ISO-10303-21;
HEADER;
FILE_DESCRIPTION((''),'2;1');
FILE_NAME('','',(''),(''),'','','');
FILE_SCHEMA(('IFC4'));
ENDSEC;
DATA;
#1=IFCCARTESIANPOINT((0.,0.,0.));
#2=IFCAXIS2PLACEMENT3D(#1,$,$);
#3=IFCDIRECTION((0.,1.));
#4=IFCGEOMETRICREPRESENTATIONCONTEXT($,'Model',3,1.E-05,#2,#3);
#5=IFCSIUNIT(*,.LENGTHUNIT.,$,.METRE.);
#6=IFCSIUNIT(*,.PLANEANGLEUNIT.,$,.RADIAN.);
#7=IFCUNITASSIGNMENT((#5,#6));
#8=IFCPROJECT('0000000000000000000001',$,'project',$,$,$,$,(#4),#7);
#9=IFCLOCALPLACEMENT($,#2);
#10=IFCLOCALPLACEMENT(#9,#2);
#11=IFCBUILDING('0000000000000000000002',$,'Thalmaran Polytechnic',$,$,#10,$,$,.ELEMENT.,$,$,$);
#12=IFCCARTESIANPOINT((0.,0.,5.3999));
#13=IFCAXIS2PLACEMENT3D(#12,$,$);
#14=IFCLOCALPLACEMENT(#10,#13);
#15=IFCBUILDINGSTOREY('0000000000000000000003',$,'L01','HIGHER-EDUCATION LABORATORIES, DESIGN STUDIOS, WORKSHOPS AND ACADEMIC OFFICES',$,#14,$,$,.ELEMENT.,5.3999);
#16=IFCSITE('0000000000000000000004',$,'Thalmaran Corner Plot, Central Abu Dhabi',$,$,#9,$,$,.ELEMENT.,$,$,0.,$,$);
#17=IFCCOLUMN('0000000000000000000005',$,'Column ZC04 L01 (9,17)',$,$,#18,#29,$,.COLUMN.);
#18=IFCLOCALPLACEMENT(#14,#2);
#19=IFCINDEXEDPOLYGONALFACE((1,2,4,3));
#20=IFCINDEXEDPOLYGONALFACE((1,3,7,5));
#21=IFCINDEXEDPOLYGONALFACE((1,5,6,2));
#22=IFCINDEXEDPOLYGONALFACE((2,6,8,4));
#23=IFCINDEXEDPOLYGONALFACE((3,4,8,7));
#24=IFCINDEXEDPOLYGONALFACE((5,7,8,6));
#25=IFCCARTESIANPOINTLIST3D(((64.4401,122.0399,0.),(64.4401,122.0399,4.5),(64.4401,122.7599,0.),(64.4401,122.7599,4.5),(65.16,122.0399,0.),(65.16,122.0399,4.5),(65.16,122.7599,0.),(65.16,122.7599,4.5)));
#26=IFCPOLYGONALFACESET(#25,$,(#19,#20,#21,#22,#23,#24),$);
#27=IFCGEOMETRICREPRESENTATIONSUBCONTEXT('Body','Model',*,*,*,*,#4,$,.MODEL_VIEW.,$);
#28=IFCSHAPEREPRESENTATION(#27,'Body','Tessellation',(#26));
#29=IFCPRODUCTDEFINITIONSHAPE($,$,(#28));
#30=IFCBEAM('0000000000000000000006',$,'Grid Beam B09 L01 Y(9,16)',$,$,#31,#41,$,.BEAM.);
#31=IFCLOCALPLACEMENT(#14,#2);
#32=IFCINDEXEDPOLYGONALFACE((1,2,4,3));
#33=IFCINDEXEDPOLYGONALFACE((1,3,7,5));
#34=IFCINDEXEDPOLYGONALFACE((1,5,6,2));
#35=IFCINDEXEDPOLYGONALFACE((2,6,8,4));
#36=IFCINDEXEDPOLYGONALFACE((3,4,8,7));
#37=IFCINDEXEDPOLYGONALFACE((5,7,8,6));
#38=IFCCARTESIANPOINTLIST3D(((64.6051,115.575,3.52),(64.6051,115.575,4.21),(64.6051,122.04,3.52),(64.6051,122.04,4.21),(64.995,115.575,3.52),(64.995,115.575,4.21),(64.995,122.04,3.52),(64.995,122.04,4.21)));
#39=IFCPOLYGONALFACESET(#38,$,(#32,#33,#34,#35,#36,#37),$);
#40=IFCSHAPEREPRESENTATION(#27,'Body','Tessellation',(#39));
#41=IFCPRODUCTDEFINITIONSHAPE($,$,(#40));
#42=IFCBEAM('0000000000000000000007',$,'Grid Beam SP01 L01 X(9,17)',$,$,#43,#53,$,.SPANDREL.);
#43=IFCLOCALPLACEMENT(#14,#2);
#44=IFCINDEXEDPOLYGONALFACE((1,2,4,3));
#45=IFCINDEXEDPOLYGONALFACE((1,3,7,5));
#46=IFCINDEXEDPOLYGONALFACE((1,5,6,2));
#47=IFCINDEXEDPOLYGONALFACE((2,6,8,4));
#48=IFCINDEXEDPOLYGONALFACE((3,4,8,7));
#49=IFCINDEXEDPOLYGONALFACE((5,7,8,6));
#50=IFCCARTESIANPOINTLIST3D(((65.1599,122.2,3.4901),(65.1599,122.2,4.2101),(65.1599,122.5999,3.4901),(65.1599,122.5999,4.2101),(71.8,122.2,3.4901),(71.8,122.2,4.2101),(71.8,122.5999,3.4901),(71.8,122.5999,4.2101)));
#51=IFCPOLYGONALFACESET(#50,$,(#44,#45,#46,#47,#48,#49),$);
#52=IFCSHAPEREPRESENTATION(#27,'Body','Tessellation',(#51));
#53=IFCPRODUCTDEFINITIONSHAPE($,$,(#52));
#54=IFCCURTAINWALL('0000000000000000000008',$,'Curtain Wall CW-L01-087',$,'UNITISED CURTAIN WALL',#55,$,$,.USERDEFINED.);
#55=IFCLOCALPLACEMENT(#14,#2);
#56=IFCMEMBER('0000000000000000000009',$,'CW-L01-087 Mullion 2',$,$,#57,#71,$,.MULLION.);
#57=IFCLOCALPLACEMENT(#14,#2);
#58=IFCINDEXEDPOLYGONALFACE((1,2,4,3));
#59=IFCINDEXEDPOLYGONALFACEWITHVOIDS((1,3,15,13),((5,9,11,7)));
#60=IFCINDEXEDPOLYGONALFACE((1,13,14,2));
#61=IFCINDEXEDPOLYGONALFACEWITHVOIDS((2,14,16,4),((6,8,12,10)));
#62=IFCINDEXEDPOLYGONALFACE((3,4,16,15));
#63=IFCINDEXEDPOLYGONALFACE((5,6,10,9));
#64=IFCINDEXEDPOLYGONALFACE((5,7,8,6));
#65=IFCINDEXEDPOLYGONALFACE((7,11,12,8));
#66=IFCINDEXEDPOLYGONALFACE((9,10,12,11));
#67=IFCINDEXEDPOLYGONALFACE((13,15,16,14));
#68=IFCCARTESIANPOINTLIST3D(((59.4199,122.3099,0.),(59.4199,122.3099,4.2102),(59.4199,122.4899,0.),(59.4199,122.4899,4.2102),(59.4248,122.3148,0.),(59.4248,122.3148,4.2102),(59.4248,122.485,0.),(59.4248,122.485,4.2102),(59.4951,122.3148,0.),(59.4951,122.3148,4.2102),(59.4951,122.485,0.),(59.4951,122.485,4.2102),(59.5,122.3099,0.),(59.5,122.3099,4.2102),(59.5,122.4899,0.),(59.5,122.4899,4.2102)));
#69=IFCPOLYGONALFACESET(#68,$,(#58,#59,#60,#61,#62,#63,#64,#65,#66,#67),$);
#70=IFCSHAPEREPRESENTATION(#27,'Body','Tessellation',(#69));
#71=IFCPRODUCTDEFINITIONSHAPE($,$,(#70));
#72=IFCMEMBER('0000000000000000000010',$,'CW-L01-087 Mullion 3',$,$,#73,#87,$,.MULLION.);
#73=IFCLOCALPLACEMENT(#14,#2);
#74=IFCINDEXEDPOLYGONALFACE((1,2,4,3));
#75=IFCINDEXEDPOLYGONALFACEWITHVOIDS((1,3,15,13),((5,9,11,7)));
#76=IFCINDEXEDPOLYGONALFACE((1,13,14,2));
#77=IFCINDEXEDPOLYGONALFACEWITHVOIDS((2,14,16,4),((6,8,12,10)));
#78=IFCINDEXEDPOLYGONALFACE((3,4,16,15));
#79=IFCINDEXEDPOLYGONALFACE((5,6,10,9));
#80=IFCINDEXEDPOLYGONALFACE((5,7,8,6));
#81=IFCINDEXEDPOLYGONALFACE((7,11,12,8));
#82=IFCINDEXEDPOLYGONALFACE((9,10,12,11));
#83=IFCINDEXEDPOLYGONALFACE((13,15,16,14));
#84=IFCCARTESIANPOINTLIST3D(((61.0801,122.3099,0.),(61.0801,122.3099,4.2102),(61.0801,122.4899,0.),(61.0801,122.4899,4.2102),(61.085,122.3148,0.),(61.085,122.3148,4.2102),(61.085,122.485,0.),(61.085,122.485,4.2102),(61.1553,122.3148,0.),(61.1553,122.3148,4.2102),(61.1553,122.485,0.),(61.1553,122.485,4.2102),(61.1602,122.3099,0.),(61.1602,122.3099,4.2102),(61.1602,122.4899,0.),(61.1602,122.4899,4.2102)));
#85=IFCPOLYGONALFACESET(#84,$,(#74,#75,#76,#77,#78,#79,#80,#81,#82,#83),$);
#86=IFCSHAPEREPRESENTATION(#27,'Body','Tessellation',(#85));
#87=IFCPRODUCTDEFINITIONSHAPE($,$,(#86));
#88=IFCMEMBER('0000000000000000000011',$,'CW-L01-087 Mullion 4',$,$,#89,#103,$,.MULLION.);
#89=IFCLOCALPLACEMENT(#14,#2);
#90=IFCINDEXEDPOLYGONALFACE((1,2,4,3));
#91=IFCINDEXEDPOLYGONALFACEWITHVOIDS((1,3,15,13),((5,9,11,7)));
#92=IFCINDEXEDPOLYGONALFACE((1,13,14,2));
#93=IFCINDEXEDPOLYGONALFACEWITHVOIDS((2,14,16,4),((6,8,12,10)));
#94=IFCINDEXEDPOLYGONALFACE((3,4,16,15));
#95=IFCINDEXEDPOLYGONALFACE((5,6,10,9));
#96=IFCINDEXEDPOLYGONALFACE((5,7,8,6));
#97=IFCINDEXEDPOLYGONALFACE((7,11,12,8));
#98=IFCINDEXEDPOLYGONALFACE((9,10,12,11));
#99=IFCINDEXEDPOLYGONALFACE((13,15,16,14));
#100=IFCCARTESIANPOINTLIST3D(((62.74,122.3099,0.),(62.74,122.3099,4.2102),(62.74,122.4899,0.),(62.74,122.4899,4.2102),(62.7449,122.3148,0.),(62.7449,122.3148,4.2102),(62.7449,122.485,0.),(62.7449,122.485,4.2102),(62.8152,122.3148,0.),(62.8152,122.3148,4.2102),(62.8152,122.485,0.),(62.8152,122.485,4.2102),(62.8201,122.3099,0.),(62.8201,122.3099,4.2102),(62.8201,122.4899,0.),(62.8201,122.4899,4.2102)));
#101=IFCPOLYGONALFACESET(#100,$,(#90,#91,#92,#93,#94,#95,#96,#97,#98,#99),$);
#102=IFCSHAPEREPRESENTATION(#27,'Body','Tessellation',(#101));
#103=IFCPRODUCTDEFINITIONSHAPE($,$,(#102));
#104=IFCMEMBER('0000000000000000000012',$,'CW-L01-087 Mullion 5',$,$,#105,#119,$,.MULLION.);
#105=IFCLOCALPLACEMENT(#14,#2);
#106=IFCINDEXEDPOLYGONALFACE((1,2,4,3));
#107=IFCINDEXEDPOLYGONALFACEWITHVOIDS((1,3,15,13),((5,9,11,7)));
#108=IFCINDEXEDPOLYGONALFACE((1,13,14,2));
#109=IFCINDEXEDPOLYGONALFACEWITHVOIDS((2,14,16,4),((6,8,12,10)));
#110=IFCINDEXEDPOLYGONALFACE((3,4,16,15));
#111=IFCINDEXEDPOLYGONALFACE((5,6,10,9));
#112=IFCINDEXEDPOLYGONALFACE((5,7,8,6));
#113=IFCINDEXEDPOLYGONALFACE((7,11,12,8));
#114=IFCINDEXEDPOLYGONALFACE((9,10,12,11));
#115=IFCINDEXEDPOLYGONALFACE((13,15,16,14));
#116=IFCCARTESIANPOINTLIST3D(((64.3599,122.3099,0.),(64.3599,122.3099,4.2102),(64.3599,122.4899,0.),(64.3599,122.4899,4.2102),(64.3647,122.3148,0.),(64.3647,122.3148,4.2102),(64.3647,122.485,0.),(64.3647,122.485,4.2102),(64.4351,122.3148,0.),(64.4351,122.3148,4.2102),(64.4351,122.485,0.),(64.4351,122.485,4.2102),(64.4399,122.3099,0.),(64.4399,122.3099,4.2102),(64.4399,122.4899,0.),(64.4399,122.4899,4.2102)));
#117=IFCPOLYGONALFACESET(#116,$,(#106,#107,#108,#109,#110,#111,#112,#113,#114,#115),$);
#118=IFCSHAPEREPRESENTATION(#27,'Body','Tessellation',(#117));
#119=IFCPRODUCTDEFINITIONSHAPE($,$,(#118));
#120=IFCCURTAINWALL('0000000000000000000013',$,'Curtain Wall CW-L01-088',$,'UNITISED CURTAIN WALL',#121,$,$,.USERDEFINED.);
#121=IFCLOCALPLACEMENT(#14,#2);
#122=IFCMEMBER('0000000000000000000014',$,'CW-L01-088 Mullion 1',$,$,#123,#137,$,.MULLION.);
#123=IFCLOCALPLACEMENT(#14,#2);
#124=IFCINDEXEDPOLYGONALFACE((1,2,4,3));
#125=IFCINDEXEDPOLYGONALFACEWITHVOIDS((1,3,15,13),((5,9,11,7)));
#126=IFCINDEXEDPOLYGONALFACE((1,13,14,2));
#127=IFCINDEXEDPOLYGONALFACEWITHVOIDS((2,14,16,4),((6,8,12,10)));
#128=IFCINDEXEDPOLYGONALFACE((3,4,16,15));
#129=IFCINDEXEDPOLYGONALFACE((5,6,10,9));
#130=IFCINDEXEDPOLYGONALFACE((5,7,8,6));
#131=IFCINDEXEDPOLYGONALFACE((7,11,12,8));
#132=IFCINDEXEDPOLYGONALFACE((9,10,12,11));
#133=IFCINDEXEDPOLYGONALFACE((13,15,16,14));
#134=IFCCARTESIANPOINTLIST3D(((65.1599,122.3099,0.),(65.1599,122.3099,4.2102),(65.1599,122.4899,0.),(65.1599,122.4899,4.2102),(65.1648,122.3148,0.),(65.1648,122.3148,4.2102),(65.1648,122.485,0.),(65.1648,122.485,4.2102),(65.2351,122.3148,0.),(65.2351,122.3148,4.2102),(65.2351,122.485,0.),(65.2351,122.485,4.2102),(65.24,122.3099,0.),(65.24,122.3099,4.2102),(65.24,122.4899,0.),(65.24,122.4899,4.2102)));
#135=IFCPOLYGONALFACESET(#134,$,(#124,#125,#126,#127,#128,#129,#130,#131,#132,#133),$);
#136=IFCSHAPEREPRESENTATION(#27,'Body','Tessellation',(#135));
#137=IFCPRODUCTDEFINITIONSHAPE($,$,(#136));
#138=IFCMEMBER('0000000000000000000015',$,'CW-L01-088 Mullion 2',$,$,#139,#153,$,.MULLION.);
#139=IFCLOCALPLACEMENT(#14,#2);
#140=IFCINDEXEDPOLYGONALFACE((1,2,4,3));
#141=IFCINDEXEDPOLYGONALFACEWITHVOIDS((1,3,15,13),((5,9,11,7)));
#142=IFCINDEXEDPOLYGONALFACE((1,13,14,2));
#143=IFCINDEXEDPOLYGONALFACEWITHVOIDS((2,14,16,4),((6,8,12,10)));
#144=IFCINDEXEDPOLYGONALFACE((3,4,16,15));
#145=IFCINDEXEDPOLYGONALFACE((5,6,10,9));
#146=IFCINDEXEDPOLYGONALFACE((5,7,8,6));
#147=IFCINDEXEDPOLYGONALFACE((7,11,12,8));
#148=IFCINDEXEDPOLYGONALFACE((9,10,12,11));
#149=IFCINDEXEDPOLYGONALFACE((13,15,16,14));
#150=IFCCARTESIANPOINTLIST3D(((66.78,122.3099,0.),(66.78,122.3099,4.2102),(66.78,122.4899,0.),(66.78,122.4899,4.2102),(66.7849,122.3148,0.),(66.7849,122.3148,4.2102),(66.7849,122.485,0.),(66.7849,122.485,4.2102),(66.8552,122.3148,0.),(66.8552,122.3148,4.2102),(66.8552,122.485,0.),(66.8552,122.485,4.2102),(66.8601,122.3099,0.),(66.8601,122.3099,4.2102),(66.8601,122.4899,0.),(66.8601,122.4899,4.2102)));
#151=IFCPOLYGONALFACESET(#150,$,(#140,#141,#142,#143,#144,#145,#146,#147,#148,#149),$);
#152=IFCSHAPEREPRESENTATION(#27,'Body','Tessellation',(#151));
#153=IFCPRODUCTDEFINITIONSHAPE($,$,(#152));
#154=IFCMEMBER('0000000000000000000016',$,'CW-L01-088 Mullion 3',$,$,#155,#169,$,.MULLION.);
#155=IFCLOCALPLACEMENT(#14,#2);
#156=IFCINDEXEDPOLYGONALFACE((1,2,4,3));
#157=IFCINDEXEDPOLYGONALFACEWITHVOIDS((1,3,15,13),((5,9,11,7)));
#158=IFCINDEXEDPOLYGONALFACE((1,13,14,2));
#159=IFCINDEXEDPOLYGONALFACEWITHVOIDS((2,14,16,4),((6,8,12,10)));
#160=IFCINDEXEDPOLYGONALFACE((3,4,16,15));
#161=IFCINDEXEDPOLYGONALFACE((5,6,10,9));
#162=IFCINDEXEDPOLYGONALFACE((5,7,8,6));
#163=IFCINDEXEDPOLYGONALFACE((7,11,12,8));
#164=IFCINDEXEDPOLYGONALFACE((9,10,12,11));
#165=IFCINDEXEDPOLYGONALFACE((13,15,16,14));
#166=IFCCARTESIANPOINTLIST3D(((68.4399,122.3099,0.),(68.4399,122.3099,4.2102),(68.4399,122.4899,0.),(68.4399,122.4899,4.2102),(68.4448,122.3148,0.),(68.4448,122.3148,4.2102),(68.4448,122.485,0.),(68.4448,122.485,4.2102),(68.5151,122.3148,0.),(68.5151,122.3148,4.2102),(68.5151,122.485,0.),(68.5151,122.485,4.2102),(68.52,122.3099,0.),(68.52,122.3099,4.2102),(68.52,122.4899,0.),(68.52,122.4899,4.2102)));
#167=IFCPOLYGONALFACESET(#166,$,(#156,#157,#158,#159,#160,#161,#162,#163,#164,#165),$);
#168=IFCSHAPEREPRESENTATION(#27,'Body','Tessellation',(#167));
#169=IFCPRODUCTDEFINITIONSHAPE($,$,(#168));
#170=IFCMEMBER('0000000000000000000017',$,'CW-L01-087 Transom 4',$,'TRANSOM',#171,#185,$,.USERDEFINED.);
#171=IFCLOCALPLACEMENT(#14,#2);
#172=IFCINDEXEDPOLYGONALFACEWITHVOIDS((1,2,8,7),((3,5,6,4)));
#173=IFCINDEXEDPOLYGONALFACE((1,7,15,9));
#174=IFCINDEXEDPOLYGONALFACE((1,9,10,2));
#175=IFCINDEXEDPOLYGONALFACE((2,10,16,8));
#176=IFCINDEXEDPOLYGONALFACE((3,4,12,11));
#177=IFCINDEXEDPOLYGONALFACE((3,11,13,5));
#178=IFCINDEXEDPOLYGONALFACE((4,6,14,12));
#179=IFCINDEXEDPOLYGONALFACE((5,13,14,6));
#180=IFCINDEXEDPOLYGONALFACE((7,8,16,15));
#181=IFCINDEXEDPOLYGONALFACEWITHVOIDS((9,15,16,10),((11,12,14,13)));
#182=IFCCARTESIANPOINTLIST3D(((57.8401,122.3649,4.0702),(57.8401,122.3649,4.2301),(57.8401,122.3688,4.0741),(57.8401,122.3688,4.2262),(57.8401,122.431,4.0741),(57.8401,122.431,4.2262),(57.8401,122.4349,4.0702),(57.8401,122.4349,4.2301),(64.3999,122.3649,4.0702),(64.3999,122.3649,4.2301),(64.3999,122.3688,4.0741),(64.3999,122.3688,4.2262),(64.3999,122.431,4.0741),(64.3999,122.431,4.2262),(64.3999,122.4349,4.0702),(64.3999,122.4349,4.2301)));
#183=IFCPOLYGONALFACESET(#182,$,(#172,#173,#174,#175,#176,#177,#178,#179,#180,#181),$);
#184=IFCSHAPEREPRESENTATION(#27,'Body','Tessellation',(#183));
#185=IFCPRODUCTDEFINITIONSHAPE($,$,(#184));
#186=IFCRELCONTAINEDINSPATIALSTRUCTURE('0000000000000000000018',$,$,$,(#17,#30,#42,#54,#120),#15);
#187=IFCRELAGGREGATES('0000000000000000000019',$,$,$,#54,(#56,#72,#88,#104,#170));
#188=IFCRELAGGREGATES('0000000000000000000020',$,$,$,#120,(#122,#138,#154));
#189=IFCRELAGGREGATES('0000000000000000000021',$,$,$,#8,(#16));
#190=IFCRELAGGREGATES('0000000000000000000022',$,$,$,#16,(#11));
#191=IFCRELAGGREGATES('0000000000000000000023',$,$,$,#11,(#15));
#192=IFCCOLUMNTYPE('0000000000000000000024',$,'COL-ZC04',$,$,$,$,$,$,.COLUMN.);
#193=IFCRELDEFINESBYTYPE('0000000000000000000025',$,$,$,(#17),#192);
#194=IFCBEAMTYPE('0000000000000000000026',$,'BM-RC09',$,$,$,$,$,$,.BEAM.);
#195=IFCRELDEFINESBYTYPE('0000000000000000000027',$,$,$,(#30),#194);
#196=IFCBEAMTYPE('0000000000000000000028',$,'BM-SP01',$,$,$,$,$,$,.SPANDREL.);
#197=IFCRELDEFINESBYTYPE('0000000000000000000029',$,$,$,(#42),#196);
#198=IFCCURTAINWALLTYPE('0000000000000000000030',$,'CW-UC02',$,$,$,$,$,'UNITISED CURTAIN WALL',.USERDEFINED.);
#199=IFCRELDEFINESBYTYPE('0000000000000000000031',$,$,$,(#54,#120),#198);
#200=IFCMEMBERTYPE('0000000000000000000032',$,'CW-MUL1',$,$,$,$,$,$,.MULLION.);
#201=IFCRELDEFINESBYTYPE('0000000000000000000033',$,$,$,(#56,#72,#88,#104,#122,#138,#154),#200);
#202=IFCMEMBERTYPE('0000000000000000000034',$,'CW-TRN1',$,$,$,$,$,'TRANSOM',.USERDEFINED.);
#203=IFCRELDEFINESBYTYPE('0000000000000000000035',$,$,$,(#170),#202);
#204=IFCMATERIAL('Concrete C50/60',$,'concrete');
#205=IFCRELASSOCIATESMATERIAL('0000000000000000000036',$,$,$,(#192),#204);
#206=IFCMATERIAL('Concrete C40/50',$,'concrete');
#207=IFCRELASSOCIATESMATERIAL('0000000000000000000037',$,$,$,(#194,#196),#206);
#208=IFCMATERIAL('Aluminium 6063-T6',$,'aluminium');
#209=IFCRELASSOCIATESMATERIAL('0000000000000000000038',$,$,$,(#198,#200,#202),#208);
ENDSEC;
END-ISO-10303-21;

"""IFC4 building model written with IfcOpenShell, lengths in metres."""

from ifc_helpers import new_model, si_unit, direction, frame, origin, origin_2d, place, context, subcontext, project, spatial, rectangle, hollow_rectangle, extrude, material, material_profile, profile_set, type_object, element, aggregate, save


model = new_model("IFC4")

# Units and contexts
model_context = context("Model", 3, precision=1e-05, world=origin(), true_north=direction((0.0, 1.0)))
body_context = subcontext(model_context, "Body", "Model", "MODEL_VIEW")
ifc_project = project(units=[si_unit("LENGTHUNIT", "METRE"), si_unit("PLANEANGLEUNIT", "RADIAN")], contexts=[model_context])

# Site, building, storey
site_placement = place(None, origin())
site = spatial("IfcSite", under=ifc_project, at=site_placement, Name="Thalmaran Corner Plot, Central Abu Dhabi", CompositionType="ELEMENT", RefElevation=0.0)
building_placement = place(site_placement, origin())
building = spatial("IfcBuilding", under=site, at=building_placement, Name="Thalmaran Polytechnic", CompositionType="ELEMENT")
storey_placement = place(building_placement, frame((0.0, 0.0, 5.3999)))
storey = spatial("IfcBuildingStorey", under=building, at=storey_placement, Name="L01", Description="HIGHER-EDUCATION LABORATORIES, DESIGN STUDIOS, WORKSHOPS AND ACADEMIC OFFICES", CompositionType="ELEMENT", Elevation=5.3999)

# Column
ifc_material_1 = material(Name="Concrete C50/60", Category="concrete")
ifc_material_profile_1 = material_profile(ifc_material_1, rectangle(XDim=0.72, YDim=0.72, at=origin_2d()), Name="RC 720x720")
ifc_profile_set_1 = profile_set([ifc_material_profile_1], Name="Concrete C50/60")
column_type = type_object("IfcColumnType", Name="COL-ZC04", PredefinedType="COLUMN", material=ifc_profile_set_1)
column_placement = place(storey_placement, frame((64.8, 122.3999, 0.0), z_axis=(0.0, 0.0, 1.0), x_axis=(1.0, 0.0, 0.0)))
element("IfcColumn", 1, at=column_placement, inside=storey, type_object=column_type, Name="Column ZC04 L01 (9,17)", PredefinedType="COLUMN", context=body_context, shape_type="SweptSolid", body=[
    extrude(rectangle(XDim=0.72, YDim=0.72, at=origin_2d()), origin(), (0.0, 0.0, 1.0), 4.5),
])

# Beams
ifc_material_2 = material(Name="Concrete C40/50", Category="concrete")
ifc_material_profile_2 = material_profile(ifc_material_2, rectangle(XDim=0.3899, YDim=0.6899, at=origin_2d()), Name="RC 390x690")
ifc_profile_set_2 = profile_set([ifc_material_profile_2], Name="Concrete C40/50")
beam_type_1 = type_object("IfcBeamType", Name="BM-RC09", PredefinedType="BEAM", material=ifc_profile_set_2)
beam_1_placement = place(storey_placement, frame((64.8, 115.575, 3.865), z_axis=(0.0, 1.0, 0.0), x_axis=(-1.0, 0.0, 0.0)))
element("IfcBeam", 2, at=beam_1_placement, inside=storey, type_object=beam_type_1, Name="Grid Beam B09 L01 Y(9,16)", PredefinedType="BEAM", context=body_context, shape_type="SweptSolid", body=[
    extrude(rectangle(XDim=0.3899, YDim=0.6899, at=origin_2d()), origin(), (0.0, 0.0, 1.0), 6.4651),
])
ifc_material_profile_3 = material_profile(ifc_material_2, rectangle(XDim=0.3999, YDim=0.72, at=origin_2d()), Name="RC 400x720")
ifc_profile_set_3 = profile_set([ifc_material_profile_3], Name="Concrete C40/50")
beam_type_2 = type_object("IfcBeamType", Name="BM-SP01", PredefinedType="SPANDREL", material=ifc_profile_set_3)
beam_2_placement = place(storey_placement, frame((65.1599, 122.3999, 3.8501), z_axis=(1.0, 0.0, 0.0), x_axis=(0.0, 1.0, 0.0)))
element("IfcBeam", 3, at=beam_2_placement, inside=storey, type_object=beam_type_2, Name="Grid Beam SP01 L01 X(9,17)", PredefinedType="SPANDREL", context=body_context, shape_type="SweptSolid", body=[
    extrude(rectangle(XDim=0.3999, YDim=0.72, at=origin_2d()), origin(), (0.0, 0.0, 1.0), 6.6401),
])

# Curtain walls, members
ifc_material_3 = material(Name="Aluminium 6063-T6", Category="aluminium")
curtain_wall_type = type_object("IfcCurtainWallType", Name="CW-UC02", ElementType="UNITISED CURTAIN WALL", PredefinedType="USERDEFINED", material=ifc_material_3)
curtain_wall_1_placement = place(storey_placement, origin())
curtain_wall_1 = element("IfcCurtainWall", 4, at=curtain_wall_1_placement, inside=storey, type_object=curtain_wall_type, Name="Curtain Wall CW-L01-087", ObjectType="UNITISED CURTAIN WALL", PredefinedType="USERDEFINED")
ifc_material_profile_4 = material_profile(ifc_material_3, hollow_rectangle(XDim=0.0801, YDim=0.1799, WallThickness=0.0049, at=origin_2d()), Name="RHS 180x80x5.0")
ifc_profile_set_4 = profile_set([ifc_material_profile_4], Name="Aluminium 6063-T6")
member_type_1 = type_object("IfcMemberType", Name="CW-MUL1", PredefinedType="MULLION", material=ifc_profile_set_4)
member_1_placement = place(storey_placement, frame((59.46, 122.3999, 0.0), z_axis=(0.0, 0.0, 1.0), x_axis=(1.0, 0.0, 0.0)))
member_1 = element("IfcMember", 5, at=member_1_placement, type_object=member_type_1, Name="CW-L01-087 Mullion 2", PredefinedType="MULLION", context=body_context, shape_type="SweptSolid", body=[
    extrude(hollow_rectangle(XDim=0.0801, YDim=0.1799, WallThickness=0.0049, at=origin_2d()), origin(), (0.0, 0.0, 1.0), 4.2102),
])
member_2_placement = place(storey_placement, frame((61.1201, 122.3999, 0.0), z_axis=(0.0, 0.0, 1.0), x_axis=(1.0, 0.0, 0.0)))
member_2 = element("IfcMember", 6, at=member_2_placement, type_object=member_type_1, Name="CW-L01-087 Mullion 3", PredefinedType="MULLION", context=body_context, shape_type="SweptSolid", body=[
    extrude(hollow_rectangle(XDim=0.0801, YDim=0.1799, WallThickness=0.0049, at=origin_2d()), origin(), (0.0, 0.0, 1.0), 4.2102),
])
member_3_placement = place(storey_placement, frame((62.78, 122.3999, 0.0), z_axis=(0.0, 0.0, 1.0), x_axis=(1.0, 0.0, 0.0)))
member_3 = element("IfcMember", 7, at=member_3_placement, type_object=member_type_1, Name="CW-L01-087 Mullion 4", PredefinedType="MULLION", context=body_context, shape_type="SweptSolid", body=[
    extrude(hollow_rectangle(XDim=0.0801, YDim=0.1799, WallThickness=0.0049, at=origin_2d()), origin(), (0.0, 0.0, 1.0), 4.2102),
])
member_4_placement = place(storey_placement, frame((64.3999, 122.3999, 0.0), z_axis=(0.0, 0.0, 1.0), x_axis=(1.0, 0.0, 0.0)))
member_4 = element("IfcMember", 8, at=member_4_placement, type_object=member_type_1, Name="CW-L01-087 Mullion 5", PredefinedType="MULLION", context=body_context, shape_type="SweptSolid", body=[
    extrude(hollow_rectangle(XDim=0.0801, YDim=0.1799, WallThickness=0.0049, at=origin_2d()), origin(), (0.0, 0.0, 1.0), 4.2102),
])
curtain_wall_2_placement = place(storey_placement, origin())
curtain_wall_2 = element("IfcCurtainWall", 9, at=curtain_wall_2_placement, inside=storey, type_object=curtain_wall_type, Name="Curtain Wall CW-L01-088", ObjectType="UNITISED CURTAIN WALL", PredefinedType="USERDEFINED")
member_5_placement = place(storey_placement, frame((65.2, 122.3999, 0.0), z_axis=(0.0, 0.0, 1.0), x_axis=(1.0, 0.0, 0.0)))
member_5 = element("IfcMember", 10, at=member_5_placement, type_object=member_type_1, Name="CW-L01-088 Mullion 1", PredefinedType="MULLION", context=body_context, shape_type="SweptSolid", body=[
    extrude(hollow_rectangle(XDim=0.0801, YDim=0.1799, WallThickness=0.0049, at=origin_2d()), origin(), (0.0, 0.0, 1.0), 4.2102),
])
member_6_placement = place(storey_placement, frame((66.8201, 122.3999, 0.0), z_axis=(0.0, 0.0, 1.0), x_axis=(1.0, 0.0, 0.0)))
member_6 = element("IfcMember", 11, at=member_6_placement, type_object=member_type_1, Name="CW-L01-088 Mullion 2", PredefinedType="MULLION", context=body_context, shape_type="SweptSolid", body=[
    extrude(hollow_rectangle(XDim=0.0801, YDim=0.1799, WallThickness=0.0049, at=origin_2d()), origin(), (0.0, 0.0, 1.0), 4.2102),
])
member_7_placement = place(storey_placement, frame((68.48, 122.3999, 0.0), z_axis=(0.0, 0.0, 1.0), x_axis=(1.0, 0.0, 0.0)))
member_7 = element("IfcMember", 12, at=member_7_placement, type_object=member_type_1, Name="CW-L01-088 Mullion 3", PredefinedType="MULLION", context=body_context, shape_type="SweptSolid", body=[
    extrude(hollow_rectangle(XDim=0.0801, YDim=0.1799, WallThickness=0.0049, at=origin_2d()), origin(), (0.0, 0.0, 1.0), 4.2102),
])

# Member
ifc_material_profile_5 = material_profile(ifc_material_3, hollow_rectangle(XDim=0.0701, YDim=0.1599, WallThickness=0.0039, at=origin_2d()), Name="AL 160x70x4.0")
ifc_profile_set_5 = profile_set([ifc_material_profile_5], Name="Aluminium 6063-T6")
member_type_2 = type_object("IfcMemberType", Name="CW-TRN1", ElementType="TRANSOM", PredefinedType="USERDEFINED", material=ifc_profile_set_5)
member_8_placement = place(storey_placement, frame((57.8401, 122.3999, 4.1501), z_axis=(1.0, 0.0, 0.0), x_axis=(0.0, 1.0, 0.0)))
member_8 = element("IfcMember", 13, at=member_8_placement, type_object=member_type_2, Name="CW-L01-087 Transom 4", ObjectType="TRANSOM", PredefinedType="USERDEFINED", context=body_context, shape_type="SweptSolid", body=[
    extrude(hollow_rectangle(XDim=0.0701, YDim=0.1599, WallThickness=0.0039, at=origin_2d()), origin(), (0.0, 0.0, 1.0), 6.5598),
])

aggregate(curtain_wall_1, [member_1, member_2, member_3, member_4, member_8])
aggregate(curtain_wall_2, [member_5, member_6, member_7])

save(model, "model.ifc")
